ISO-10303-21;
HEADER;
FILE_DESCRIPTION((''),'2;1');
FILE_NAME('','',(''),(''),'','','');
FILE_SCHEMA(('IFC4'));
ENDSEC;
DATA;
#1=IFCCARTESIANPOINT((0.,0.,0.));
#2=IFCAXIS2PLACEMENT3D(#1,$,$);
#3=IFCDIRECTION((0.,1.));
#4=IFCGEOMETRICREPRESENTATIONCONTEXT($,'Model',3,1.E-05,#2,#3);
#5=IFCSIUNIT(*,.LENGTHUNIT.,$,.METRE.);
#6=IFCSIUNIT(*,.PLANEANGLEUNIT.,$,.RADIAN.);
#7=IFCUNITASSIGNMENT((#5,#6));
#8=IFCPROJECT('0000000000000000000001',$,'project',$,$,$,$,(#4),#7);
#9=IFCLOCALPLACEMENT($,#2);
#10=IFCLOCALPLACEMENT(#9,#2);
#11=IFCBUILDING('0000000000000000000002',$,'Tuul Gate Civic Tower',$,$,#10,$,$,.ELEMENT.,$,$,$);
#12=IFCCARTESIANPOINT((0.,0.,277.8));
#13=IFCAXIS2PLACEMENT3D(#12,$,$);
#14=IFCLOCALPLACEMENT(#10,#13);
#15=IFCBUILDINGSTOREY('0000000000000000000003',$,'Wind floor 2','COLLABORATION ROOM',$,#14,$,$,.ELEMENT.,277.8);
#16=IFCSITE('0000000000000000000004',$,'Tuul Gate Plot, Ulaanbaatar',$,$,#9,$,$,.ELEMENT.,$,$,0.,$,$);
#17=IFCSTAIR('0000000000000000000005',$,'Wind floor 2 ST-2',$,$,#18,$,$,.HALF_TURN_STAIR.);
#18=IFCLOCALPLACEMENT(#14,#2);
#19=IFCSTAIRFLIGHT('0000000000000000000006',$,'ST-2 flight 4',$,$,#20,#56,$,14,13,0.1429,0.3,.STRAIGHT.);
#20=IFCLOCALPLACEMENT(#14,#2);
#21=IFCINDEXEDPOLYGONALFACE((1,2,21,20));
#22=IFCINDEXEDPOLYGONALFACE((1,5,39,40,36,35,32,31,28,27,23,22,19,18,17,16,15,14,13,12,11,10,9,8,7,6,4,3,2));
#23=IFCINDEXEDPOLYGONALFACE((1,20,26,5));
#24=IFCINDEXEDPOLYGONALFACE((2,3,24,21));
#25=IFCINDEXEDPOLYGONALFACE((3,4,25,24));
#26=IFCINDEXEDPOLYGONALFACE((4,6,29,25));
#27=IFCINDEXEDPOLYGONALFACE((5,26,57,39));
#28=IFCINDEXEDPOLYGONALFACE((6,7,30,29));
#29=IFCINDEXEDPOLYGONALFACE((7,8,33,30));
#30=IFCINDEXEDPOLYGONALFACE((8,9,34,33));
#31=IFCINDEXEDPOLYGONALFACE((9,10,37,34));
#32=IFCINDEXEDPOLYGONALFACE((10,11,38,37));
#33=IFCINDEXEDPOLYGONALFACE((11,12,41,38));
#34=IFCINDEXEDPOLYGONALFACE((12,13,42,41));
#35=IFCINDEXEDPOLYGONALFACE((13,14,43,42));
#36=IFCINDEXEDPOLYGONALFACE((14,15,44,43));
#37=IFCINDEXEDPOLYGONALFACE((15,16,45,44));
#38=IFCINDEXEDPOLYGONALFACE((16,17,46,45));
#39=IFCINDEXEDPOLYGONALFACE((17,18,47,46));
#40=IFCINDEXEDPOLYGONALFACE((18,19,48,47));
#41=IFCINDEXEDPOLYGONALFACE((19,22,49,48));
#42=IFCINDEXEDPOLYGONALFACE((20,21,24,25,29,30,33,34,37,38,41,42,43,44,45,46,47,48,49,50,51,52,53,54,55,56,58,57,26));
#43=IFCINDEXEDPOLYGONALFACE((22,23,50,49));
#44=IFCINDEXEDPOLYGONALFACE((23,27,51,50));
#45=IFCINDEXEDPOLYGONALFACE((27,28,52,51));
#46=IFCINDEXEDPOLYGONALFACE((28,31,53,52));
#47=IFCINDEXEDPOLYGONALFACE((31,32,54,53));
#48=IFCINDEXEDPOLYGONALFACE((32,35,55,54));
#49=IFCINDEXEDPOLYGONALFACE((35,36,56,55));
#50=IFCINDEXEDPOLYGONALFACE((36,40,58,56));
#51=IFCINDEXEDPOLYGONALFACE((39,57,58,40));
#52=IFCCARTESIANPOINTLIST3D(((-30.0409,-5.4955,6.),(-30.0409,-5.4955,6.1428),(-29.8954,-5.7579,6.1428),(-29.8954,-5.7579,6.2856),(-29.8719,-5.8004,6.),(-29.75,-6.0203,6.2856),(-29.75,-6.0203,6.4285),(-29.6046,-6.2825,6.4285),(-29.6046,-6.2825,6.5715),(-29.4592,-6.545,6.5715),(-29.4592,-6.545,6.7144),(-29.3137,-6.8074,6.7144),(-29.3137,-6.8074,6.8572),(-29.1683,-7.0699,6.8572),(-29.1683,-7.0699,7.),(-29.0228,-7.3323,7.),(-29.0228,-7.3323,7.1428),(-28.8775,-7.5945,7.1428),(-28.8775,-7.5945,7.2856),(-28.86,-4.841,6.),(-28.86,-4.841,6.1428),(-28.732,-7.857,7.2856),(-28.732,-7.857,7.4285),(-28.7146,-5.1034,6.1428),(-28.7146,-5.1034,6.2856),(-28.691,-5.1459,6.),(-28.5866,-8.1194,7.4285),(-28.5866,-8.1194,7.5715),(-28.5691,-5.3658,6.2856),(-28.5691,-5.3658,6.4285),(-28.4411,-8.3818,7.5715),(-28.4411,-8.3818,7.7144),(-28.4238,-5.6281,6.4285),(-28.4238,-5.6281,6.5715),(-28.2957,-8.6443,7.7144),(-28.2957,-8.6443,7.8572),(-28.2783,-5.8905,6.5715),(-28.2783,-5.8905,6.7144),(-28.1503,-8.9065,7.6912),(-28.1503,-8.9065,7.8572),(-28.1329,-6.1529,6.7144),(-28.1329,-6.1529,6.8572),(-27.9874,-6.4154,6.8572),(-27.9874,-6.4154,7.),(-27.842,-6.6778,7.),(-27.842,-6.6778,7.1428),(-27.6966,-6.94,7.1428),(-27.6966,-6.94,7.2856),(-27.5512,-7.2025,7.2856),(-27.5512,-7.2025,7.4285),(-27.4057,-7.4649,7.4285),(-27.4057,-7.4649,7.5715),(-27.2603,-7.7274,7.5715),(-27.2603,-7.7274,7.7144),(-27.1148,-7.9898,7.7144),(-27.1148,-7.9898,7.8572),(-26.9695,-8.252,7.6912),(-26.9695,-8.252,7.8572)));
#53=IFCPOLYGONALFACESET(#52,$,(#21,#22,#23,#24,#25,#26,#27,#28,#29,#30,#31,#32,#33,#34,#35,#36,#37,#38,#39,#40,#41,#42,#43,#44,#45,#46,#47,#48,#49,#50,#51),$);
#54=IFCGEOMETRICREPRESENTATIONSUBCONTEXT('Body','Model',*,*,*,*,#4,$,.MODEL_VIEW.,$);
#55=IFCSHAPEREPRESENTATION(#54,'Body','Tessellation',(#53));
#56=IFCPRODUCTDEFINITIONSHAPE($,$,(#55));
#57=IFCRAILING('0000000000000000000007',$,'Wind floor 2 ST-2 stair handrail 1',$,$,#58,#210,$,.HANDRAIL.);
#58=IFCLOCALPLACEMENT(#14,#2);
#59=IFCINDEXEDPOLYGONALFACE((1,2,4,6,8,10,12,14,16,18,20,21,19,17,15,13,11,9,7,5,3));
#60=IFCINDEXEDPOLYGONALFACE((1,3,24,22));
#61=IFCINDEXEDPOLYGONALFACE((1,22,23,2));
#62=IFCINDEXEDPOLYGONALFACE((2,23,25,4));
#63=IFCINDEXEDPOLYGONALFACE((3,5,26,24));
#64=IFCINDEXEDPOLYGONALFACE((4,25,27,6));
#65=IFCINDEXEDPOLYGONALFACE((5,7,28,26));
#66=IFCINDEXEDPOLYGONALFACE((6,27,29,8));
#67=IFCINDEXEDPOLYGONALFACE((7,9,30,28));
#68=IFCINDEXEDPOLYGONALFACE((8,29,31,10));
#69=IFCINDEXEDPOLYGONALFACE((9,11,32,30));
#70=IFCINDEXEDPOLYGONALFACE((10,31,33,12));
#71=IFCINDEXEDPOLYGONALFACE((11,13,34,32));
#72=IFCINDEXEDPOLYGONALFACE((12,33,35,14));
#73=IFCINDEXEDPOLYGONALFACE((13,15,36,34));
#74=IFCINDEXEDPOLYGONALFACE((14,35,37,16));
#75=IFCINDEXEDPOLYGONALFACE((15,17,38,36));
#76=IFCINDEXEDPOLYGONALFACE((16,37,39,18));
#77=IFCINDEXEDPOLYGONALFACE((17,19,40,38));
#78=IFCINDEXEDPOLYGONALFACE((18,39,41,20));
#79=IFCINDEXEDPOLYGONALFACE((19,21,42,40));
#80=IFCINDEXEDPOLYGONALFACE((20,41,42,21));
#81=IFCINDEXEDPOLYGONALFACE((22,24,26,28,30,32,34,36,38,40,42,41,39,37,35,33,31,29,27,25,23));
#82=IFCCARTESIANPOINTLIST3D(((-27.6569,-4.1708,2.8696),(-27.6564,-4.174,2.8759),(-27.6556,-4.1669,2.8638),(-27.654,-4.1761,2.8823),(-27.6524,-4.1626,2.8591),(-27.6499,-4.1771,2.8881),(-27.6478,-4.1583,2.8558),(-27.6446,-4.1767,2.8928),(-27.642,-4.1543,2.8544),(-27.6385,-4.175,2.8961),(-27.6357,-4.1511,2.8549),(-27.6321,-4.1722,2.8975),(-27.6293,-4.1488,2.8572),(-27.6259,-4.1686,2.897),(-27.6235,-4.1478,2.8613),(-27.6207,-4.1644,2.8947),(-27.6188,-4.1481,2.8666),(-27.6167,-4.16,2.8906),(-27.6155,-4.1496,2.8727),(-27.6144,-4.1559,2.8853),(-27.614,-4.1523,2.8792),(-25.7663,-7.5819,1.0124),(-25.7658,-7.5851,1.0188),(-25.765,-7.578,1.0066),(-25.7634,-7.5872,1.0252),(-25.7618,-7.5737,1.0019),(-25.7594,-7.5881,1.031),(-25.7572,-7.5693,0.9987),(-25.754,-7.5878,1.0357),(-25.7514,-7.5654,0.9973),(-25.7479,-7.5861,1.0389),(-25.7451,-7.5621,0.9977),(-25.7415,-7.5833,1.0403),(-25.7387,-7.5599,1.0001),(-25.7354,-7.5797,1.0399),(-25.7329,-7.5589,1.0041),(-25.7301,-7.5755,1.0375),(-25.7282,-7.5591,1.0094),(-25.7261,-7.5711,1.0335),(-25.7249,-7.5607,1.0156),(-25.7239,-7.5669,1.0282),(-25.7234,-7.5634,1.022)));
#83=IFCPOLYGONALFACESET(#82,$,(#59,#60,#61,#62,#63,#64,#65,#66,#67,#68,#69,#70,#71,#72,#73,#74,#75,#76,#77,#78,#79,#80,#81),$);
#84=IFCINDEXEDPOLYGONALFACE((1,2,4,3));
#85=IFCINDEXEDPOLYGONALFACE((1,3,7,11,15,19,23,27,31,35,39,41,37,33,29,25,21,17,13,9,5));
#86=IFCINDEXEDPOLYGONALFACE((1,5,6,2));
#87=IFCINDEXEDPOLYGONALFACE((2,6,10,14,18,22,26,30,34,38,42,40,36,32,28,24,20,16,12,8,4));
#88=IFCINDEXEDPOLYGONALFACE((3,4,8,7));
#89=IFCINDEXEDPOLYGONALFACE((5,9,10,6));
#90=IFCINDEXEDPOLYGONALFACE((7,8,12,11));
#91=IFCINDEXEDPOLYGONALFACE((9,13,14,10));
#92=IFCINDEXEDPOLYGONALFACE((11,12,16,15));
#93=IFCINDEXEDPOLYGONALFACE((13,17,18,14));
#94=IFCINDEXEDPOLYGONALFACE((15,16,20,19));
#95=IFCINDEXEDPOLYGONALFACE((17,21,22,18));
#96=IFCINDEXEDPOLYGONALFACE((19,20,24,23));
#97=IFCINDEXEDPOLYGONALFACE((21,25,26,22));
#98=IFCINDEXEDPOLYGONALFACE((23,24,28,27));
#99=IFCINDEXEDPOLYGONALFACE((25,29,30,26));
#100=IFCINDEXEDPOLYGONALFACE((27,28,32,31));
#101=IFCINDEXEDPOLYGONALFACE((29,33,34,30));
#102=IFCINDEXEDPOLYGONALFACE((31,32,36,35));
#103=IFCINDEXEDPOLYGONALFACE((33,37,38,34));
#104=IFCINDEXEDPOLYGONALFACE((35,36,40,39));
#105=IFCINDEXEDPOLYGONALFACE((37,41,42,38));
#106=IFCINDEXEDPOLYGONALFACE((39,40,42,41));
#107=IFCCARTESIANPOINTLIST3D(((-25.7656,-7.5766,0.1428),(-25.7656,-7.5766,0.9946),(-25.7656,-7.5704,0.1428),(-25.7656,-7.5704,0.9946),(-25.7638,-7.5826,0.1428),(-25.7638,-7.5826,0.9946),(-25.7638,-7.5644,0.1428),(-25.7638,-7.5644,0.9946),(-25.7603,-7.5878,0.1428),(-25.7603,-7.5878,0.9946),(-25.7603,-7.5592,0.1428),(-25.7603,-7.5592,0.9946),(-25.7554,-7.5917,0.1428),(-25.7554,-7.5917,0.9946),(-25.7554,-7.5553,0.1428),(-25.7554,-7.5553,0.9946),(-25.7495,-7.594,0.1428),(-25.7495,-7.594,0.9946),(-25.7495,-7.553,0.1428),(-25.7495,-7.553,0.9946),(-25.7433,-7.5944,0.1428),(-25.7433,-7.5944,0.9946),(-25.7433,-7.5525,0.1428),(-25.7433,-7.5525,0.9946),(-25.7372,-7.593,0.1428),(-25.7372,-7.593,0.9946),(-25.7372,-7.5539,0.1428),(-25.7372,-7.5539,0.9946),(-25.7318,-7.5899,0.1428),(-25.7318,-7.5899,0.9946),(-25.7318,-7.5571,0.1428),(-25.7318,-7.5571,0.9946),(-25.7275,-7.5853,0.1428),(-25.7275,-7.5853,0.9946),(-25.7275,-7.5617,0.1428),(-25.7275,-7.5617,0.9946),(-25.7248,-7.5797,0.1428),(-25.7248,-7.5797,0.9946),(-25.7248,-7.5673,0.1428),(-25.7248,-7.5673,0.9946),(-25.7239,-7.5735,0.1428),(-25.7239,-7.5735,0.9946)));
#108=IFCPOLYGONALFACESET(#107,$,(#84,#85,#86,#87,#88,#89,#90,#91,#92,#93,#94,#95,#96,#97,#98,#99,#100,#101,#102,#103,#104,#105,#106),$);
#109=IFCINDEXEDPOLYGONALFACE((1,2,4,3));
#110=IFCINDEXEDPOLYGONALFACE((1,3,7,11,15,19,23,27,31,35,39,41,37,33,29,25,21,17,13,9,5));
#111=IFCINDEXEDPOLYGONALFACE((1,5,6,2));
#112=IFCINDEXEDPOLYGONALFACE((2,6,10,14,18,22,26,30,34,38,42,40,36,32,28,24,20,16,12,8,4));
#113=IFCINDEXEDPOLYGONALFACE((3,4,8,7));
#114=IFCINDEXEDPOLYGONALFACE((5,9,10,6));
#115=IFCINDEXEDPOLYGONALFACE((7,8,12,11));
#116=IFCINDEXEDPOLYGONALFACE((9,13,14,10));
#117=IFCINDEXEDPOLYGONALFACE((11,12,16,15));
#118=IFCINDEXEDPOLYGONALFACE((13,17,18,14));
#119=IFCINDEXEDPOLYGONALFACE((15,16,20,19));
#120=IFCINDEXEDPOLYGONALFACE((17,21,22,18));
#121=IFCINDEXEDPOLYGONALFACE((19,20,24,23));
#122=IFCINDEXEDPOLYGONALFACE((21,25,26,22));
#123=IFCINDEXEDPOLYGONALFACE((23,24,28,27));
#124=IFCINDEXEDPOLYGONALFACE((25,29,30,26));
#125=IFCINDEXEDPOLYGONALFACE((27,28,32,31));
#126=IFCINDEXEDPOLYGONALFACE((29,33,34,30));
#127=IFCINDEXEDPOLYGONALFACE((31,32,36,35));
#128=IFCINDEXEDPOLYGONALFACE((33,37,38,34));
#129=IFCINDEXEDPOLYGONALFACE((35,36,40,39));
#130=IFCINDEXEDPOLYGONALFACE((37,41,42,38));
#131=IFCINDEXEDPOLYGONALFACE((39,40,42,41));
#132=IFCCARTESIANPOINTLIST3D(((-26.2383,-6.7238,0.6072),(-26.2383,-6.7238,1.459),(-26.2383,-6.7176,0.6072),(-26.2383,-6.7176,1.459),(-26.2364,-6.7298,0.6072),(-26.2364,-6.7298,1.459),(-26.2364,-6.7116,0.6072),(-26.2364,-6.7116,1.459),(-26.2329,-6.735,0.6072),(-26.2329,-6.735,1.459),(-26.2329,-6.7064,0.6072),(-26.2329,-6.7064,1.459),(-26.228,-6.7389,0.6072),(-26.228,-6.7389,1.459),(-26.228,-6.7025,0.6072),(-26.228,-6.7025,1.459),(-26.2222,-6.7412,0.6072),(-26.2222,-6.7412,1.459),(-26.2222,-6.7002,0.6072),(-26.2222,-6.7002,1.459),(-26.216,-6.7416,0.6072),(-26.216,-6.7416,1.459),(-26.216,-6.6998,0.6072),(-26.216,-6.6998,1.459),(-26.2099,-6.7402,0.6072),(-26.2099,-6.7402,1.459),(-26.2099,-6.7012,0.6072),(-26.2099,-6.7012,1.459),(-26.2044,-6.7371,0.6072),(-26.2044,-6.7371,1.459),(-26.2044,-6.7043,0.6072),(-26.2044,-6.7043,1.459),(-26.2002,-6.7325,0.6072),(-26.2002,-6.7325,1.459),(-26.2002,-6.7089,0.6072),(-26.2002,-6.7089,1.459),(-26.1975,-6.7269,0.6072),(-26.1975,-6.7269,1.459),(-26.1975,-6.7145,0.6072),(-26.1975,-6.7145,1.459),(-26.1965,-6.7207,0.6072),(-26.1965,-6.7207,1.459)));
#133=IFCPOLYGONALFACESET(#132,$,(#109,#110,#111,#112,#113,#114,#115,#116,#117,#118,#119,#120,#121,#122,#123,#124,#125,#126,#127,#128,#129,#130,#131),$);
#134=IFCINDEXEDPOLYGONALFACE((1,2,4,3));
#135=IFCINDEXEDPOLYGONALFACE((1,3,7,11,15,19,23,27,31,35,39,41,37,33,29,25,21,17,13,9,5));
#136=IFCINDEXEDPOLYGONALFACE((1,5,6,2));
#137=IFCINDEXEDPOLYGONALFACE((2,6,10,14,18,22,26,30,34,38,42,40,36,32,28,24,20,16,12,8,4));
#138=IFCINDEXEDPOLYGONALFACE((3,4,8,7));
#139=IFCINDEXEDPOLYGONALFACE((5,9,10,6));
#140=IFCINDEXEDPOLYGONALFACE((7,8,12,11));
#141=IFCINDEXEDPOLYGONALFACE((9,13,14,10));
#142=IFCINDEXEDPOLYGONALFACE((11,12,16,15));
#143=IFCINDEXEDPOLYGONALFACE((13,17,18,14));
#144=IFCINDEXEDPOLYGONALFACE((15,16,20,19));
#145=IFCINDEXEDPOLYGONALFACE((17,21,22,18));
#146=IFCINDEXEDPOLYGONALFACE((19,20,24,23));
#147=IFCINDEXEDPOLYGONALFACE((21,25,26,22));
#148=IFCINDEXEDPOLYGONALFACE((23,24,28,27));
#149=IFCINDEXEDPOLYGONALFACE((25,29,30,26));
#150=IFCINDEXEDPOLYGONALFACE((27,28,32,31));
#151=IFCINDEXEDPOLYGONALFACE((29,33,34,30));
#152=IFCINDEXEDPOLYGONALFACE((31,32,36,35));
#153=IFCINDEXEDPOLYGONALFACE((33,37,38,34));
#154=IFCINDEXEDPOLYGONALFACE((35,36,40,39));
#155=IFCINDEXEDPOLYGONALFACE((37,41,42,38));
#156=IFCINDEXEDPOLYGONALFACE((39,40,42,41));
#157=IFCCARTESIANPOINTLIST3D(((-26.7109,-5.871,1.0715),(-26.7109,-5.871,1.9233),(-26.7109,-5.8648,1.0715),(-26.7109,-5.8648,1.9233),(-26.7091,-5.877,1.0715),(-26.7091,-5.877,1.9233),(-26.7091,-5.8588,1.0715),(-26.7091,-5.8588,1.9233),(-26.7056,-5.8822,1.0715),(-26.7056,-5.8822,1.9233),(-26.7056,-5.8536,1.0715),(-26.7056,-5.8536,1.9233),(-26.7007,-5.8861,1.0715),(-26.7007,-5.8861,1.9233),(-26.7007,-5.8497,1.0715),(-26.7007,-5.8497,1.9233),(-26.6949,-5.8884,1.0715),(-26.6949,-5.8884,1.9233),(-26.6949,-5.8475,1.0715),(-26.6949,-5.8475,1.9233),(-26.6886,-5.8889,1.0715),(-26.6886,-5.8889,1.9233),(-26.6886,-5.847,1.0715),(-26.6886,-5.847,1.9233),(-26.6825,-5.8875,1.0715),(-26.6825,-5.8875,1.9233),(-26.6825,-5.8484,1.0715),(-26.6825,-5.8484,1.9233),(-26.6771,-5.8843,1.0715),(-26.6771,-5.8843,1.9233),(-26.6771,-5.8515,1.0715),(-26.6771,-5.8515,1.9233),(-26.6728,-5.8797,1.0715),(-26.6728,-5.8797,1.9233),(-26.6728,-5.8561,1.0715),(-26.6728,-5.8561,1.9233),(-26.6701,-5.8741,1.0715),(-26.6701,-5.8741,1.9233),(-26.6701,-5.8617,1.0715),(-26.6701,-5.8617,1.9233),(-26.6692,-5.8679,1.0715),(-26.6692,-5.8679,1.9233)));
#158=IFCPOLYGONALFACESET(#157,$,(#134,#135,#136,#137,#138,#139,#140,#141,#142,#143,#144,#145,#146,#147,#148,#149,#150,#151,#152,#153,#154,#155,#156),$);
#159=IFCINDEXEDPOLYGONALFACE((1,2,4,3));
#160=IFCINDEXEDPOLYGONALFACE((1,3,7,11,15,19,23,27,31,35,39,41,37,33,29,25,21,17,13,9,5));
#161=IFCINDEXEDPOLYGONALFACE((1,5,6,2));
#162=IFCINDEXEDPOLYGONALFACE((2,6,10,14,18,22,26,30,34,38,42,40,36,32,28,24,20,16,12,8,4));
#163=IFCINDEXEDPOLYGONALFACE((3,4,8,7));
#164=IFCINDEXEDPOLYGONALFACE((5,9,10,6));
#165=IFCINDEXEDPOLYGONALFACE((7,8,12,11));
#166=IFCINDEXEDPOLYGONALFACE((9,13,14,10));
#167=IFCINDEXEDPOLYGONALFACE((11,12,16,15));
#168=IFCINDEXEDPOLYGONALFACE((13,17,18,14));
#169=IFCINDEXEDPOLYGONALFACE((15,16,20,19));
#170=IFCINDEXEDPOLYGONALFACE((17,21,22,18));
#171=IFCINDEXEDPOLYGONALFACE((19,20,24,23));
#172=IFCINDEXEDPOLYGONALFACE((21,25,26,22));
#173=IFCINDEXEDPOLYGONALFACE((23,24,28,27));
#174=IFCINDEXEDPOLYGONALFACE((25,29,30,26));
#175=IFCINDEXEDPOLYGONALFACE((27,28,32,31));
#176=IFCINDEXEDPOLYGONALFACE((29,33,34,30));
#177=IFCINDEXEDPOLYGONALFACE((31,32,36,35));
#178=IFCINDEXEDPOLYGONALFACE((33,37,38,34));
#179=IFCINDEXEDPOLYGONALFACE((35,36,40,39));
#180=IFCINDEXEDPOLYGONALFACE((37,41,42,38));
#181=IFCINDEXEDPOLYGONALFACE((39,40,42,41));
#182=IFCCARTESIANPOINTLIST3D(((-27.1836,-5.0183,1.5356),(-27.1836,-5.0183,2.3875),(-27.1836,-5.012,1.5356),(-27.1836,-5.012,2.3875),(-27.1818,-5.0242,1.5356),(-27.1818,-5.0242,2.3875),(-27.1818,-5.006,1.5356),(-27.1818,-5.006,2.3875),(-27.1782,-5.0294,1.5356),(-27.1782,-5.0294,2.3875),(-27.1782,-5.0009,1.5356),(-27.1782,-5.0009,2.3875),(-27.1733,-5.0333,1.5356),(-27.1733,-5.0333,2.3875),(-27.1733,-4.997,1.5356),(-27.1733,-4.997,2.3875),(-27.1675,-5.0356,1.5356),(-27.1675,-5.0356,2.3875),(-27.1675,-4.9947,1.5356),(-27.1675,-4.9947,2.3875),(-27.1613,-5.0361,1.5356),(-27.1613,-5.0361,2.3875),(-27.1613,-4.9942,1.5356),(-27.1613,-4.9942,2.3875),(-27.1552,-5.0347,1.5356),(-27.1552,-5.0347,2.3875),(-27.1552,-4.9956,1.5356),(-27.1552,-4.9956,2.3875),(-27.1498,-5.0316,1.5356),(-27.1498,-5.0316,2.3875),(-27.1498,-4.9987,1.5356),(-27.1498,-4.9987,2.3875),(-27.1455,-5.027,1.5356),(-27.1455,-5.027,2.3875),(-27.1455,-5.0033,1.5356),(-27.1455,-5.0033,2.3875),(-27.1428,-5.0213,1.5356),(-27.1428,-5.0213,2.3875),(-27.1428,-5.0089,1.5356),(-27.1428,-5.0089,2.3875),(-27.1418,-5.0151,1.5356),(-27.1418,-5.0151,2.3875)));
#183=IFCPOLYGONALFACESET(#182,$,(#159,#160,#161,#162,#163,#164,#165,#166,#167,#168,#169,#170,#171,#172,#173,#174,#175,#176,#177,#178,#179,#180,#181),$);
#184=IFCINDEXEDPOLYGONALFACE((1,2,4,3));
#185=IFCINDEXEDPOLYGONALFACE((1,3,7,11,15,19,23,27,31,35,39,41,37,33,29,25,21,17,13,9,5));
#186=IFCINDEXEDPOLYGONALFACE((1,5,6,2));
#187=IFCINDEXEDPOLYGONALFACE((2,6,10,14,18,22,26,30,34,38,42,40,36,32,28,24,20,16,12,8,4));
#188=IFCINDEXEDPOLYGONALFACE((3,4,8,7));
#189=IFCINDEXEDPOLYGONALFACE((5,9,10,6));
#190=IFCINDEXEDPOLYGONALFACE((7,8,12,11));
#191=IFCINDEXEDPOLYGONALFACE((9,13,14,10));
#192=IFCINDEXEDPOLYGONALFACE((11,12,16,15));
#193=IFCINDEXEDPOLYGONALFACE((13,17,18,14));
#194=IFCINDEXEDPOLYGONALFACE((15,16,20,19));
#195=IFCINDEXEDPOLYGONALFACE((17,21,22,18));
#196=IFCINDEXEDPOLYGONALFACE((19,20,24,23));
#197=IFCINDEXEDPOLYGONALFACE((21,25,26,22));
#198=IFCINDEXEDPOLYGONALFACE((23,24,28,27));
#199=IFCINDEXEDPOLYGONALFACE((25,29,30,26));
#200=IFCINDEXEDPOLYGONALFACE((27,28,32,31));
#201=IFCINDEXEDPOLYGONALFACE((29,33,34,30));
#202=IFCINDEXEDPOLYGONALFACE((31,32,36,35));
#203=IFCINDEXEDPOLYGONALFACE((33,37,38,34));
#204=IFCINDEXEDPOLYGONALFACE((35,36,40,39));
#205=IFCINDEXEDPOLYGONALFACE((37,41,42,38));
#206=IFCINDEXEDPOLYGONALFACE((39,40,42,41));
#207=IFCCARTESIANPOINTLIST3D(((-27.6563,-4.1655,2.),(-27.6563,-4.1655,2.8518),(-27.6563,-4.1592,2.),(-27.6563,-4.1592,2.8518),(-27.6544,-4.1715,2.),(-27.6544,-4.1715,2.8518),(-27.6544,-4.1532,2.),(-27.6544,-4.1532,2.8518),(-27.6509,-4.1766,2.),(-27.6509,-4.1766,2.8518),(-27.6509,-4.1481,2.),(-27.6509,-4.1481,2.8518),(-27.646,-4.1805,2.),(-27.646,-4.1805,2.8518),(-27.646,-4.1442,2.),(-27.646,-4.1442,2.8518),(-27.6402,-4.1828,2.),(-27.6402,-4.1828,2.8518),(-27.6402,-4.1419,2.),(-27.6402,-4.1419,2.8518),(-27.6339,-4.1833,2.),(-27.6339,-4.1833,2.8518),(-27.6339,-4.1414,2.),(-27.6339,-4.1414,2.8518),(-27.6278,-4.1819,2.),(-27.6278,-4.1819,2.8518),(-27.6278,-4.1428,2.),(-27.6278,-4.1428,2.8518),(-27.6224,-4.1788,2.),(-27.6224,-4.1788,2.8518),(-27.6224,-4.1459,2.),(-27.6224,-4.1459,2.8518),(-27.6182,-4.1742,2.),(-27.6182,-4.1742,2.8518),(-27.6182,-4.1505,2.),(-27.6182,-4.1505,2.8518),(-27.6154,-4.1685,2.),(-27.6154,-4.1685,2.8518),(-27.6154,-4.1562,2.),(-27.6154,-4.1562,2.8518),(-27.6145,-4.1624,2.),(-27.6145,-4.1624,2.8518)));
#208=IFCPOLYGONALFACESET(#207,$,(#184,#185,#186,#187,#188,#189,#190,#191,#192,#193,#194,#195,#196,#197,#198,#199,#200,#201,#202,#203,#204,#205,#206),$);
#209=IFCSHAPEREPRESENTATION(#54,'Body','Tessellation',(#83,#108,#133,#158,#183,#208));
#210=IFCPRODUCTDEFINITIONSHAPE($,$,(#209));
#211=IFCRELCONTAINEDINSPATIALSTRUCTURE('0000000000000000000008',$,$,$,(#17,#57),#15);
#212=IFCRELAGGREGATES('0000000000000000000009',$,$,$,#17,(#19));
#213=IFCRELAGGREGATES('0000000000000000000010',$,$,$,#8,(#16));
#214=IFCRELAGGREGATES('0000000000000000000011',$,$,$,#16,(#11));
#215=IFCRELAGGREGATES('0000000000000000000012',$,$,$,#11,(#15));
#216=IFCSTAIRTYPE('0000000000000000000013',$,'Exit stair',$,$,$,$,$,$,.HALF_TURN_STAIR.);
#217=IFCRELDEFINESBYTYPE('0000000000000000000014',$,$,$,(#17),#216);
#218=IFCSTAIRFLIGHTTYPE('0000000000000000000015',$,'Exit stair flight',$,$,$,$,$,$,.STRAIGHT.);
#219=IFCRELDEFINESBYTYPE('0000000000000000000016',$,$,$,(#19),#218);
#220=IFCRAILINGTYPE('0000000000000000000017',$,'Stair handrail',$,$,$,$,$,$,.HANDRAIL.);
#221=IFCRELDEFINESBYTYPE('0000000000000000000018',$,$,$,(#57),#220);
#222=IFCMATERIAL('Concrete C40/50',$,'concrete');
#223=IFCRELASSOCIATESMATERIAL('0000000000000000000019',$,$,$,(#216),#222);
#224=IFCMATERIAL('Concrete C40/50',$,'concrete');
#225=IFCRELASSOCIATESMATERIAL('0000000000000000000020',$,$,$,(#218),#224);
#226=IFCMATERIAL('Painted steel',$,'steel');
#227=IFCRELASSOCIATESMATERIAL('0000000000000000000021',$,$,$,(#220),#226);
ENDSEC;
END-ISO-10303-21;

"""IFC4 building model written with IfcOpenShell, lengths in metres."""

from ifc_helpers import new_model, si_unit, direction, frame, origin, origin_2d, place, context, subcontext, project, spatial, polyline, circle, outline, extrude, material, type_object, element, aggregate, save


model = new_model("IFC4")

# Units and contexts
model_context = context("Model", 3, precision=1e-05, world=origin(), true_north=direction((0.0, 1.0)))
body_context = subcontext(model_context, "Body", "Model", "MODEL_VIEW")
ifc_project = project(units=[si_unit("LENGTHUNIT", "METRE"), si_unit("PLANEANGLEUNIT", "RADIAN")], contexts=[model_context])

# Site, building, storey
site_placement = place(None, origin())
site = spatial("IfcSite", under=ifc_project, at=site_placement, Name="Tuul Gate Plot, Ulaanbaatar", CompositionType="ELEMENT", RefElevation=0.0)
building_placement = place(site_placement, origin())
building = spatial("IfcBuilding", under=site, at=building_placement, Name="Tuul Gate Civic Tower", CompositionType="ELEMENT")
storey_placement = place(building_placement, frame((0.0, 0.0, 277.8)))
storey = spatial("IfcBuildingStorey", under=building, at=storey_placement, Name="Wind floor 2", Description="COLLABORATION ROOM", CompositionType="ELEMENT", Elevation=277.8)

# Stair, stair flight
ifc_material_1 = material(Name="Concrete C40/50", Category="concrete")
stair_type = type_object("IfcStairType", Name="Exit stair", PredefinedType="HALF_TURN_STAIR", material=ifc_material_1)
stair_placement = place(storey_placement, origin())
stair = element("IfcStair", 1, at=stair_placement, inside=storey, type_object=stair_type, Name="Wind floor 2 ST-2", PredefinedType="HALF_TURN_STAIR")
ifc_material_2 = material(Name="Concrete C40/50", Category="concrete")
stair_flight_type = type_object("IfcStairFlightType", Name="Exit stair flight", PredefinedType="STRAIGHT", material=ifc_material_2)
stair_flight_1_placement = place(storey_placement, frame((-29.4504, -5.1682, 6.0), z_axis=(0.0, 0.0, 1.0), x_axis=(0.484762, -0.874646, 0.0)))
stair_flight_1 = element("IfcStairFlight", 2, at=stair_flight_1_placement, type_object=stair_flight_type, Name="ST-2 flight 4", NumberOfRisers=14, NumberOfTreads=13, PredefinedType="STRAIGHT", RiserHeight=0.1429, TreadLength=0.3, context=body_context, shape_type="SweptSolid", body=[
    extrude(outline(polyline([(0.0, 0.0), (0.0, 0.1428), (0.3, 0.1428), (0.3, 0.2856), (0.6001, 0.2856), (0.6001, 0.4285), (0.8999, 0.4285), (0.8999, 0.5715), (1.2, 0.5715), (1.2, 0.7144), (1.5, 0.7144), (1.5, 0.8572), (1.8, 0.8572), (1.8, 1.0), (2.1001, 1.0), (2.1001, 1.1428), (2.3999, 1.1428), (2.3999, 1.2856), (2.7, 1.2856), (2.7, 1.4285), (3.0, 1.4285), (3.0, 1.5715), (3.3, 1.5715), (3.3, 1.7144), (3.6001, 1.7144), (3.6001, 1.8572), (3.8999, 1.8572), (3.8999, 2.0), (3.8999, 1.6912), (0.3486, 0.0), (0.0, 0.0)])), frame((0.0, 0.675, 0.0), z_axis=(0.0, -1.0, 0.0), x_axis=(1.0, 0.0, 0.0)), (0.0, 0.0, 1.0), 1.3501),
])
aggregate(stair, [stair_flight_1])

# Railing
ifc_material_3 = material(Name="Painted steel", Category="steel")
railing_type = type_object("IfcRailingType", Name="Stair handrail", PredefinedType="HANDRAIL", material=ifc_material_3)
railing_1_placement = place(storey_placement, frame((-25.7449, -7.5735, 0.1428)))
element("IfcRailing", 3, at=railing_1_placement, inside=storey, type_object=railing_type, Name="Wind floor 2 ST-2 stair handrail 1", PredefinedType="HANDRAIL", context=body_context, shape_type="SweptSolid", body=[
    extrude(circle(Radius=0.0239, at=origin_2d()), frame((0.0, 0.0, 0.876), z_axis=(-0.43768, 0.789678, 0.429937), x_axis=(-0.874641, -0.484771, 0.0)), (0.0, 0.0, 1.0), 4.3196),
    extrude(circle(Radius=0.021, at=origin_2d()), origin(), (0.0, 0.0, 1.0), 0.8518),
    extrude(circle(Radius=0.021, at=origin_2d()), frame((-0.4727, 0.8528, 0.4644)), (0.0, 0.0, 1.0), 0.8518),
    extrude(circle(Radius=0.021, at=origin_2d()), frame((-0.9453, 1.7056, 0.9287)), (0.0, 0.0, 1.0), 0.8518),
    extrude(circle(Radius=0.021, at=origin_2d()), frame((-1.418, 2.5583, 1.3928)), (0.0, 0.0, 1.0), 0.8518),
    extrude(circle(Radius=0.021, at=origin_2d()), frame((-1.8906, 3.4111, 1.8572)), (0.0, 0.0, 1.0), 0.8518),
])

save(model, "model.ifc")
